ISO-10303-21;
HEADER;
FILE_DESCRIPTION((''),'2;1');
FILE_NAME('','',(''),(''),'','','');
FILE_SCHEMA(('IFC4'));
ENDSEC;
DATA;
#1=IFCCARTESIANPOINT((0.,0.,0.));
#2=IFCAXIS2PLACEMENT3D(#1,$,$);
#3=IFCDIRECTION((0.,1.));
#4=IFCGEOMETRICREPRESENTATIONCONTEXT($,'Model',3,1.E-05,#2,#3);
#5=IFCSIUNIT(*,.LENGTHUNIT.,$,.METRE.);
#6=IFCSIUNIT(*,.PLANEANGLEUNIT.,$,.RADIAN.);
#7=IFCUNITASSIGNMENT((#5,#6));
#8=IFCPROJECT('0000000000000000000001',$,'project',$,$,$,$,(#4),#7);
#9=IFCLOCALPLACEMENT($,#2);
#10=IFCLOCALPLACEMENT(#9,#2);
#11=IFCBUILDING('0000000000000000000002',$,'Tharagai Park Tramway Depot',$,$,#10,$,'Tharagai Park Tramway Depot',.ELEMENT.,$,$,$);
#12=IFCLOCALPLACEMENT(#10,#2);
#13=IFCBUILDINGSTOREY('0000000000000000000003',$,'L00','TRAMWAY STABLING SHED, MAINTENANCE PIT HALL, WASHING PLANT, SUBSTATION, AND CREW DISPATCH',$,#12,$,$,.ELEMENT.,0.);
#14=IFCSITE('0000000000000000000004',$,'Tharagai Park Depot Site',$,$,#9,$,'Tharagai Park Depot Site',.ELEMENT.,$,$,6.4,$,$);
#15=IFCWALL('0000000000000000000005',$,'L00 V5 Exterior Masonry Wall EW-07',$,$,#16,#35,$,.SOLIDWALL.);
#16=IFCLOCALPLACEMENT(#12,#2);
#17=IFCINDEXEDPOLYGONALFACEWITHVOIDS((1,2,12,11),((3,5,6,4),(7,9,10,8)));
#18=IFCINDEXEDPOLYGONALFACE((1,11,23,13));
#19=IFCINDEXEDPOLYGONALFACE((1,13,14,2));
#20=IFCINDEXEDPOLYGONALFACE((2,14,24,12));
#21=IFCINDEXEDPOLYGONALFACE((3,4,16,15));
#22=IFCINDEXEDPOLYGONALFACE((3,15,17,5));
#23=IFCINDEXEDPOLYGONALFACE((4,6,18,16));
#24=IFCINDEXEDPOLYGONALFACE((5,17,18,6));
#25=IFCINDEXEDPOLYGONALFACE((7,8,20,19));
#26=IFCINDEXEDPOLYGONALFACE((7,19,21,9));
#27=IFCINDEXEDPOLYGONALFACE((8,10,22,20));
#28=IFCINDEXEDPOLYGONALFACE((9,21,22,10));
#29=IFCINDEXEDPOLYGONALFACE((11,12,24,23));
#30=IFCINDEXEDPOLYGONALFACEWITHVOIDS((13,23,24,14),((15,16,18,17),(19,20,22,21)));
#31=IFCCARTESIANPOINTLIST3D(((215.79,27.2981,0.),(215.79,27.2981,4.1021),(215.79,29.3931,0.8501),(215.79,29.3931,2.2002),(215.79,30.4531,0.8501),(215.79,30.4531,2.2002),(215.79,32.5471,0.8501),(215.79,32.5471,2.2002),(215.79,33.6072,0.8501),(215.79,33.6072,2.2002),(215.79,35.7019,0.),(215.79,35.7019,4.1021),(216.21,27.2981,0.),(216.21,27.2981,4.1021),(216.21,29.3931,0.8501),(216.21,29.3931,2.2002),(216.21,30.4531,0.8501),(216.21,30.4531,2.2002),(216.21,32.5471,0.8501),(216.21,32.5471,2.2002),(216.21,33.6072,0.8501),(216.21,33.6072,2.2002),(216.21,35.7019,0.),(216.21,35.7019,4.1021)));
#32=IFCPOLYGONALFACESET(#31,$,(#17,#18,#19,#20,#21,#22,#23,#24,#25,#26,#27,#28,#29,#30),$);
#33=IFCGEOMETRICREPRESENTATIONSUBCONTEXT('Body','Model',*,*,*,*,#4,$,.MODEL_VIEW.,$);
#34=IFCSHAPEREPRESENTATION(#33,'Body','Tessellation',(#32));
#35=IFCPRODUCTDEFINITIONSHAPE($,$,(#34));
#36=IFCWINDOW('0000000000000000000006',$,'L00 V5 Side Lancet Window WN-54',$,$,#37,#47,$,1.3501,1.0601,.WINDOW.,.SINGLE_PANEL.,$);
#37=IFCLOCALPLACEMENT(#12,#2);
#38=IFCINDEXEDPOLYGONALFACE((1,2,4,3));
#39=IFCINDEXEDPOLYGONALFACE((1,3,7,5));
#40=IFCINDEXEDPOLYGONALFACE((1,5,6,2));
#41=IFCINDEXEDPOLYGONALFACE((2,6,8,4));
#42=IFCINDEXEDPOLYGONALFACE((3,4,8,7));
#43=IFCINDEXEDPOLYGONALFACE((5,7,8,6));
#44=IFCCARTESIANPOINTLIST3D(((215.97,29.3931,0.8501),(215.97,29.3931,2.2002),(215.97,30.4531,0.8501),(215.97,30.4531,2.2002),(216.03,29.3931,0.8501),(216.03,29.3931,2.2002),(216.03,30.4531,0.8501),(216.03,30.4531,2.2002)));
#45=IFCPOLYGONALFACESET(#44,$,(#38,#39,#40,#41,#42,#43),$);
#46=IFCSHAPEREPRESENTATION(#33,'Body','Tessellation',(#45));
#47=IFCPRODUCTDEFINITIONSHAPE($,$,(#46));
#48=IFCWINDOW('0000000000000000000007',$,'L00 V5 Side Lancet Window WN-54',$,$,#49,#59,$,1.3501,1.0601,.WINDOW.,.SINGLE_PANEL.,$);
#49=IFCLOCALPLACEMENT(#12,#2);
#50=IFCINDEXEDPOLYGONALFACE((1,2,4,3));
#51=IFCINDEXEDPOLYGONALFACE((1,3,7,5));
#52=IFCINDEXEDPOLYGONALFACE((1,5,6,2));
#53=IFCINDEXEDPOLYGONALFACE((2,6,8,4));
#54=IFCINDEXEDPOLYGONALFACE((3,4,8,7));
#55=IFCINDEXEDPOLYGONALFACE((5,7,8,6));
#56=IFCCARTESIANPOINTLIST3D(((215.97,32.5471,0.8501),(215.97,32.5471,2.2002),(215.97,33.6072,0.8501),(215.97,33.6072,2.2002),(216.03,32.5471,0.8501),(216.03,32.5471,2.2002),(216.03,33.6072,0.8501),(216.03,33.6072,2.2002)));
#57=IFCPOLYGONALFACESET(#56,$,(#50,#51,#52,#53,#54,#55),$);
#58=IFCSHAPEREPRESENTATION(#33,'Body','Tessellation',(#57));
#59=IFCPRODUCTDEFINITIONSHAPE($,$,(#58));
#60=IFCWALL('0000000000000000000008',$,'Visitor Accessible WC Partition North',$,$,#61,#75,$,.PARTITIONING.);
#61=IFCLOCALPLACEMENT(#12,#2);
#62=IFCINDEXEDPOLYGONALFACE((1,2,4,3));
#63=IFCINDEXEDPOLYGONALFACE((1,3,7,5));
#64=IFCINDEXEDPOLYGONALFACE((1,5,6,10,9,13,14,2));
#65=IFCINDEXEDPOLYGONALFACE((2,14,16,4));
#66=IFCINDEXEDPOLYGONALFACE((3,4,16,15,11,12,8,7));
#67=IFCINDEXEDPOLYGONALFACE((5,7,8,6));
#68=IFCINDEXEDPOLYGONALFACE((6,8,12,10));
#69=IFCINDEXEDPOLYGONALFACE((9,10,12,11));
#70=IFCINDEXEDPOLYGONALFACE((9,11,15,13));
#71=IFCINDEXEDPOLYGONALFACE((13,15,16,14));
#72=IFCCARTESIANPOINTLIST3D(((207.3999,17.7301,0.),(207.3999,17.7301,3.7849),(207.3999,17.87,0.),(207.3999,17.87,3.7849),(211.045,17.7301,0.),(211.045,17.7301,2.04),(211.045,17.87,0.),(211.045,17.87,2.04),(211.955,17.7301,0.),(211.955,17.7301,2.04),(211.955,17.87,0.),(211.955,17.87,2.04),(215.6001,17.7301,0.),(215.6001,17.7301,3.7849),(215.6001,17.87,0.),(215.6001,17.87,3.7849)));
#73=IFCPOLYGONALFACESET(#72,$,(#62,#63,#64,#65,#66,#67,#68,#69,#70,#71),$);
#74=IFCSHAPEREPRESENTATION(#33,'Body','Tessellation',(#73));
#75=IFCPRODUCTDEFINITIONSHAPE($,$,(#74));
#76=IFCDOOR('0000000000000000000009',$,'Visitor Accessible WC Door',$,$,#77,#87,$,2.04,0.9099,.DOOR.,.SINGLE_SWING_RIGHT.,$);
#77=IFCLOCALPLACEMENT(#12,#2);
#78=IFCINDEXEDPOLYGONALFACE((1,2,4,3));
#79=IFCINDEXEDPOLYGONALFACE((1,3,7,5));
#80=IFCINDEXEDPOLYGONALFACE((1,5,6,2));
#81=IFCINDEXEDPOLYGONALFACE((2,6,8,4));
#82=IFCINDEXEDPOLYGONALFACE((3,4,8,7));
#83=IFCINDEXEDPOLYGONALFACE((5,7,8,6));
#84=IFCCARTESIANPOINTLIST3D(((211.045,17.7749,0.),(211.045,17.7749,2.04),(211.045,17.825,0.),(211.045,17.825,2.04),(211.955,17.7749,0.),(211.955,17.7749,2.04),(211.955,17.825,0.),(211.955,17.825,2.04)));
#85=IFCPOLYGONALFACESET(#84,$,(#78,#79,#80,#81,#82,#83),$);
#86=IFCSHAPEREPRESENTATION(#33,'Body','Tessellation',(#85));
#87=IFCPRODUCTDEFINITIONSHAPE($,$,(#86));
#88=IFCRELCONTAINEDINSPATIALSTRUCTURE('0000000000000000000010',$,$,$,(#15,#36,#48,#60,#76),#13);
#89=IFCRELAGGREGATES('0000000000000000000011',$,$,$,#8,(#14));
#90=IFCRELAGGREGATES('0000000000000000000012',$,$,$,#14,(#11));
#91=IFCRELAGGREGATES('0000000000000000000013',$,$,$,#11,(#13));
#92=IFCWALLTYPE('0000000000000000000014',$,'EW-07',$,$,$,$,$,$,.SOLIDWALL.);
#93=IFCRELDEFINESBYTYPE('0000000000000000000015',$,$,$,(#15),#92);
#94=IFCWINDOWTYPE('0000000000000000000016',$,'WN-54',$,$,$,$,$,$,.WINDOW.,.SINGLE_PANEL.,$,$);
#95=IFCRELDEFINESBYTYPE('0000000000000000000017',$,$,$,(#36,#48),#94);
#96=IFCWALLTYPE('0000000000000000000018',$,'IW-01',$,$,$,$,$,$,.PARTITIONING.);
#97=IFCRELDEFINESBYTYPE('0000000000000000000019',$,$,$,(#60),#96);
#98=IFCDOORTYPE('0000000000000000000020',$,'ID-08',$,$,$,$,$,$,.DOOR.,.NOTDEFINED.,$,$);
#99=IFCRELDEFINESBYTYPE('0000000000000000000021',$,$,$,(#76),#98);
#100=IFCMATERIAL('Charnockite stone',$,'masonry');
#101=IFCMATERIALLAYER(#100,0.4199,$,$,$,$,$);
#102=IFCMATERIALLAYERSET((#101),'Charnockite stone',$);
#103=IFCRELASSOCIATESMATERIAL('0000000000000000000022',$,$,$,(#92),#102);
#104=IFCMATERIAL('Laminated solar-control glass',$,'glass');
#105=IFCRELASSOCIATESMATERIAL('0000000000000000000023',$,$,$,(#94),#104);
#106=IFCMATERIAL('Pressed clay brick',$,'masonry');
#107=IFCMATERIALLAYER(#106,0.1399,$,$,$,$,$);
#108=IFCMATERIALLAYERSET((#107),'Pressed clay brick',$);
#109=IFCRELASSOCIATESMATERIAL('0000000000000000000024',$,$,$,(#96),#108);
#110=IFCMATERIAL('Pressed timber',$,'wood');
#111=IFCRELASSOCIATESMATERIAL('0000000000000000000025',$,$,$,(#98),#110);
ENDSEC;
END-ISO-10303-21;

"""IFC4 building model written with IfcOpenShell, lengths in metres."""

from ifc_helpers import new_model, si_unit, direction, frame, frame_2d, origin, place, context, subcontext, project, spatial, rectangle, extrude, material, layer, layer_set, type_object, element, fill, save


model = new_model("IFC4")

# Units and contexts
model_context = context("Model", 3, precision=1e-05, world=origin(), true_north=direction((0.0, 1.0)))
body_context = subcontext(model_context, "Body", "Model", "MODEL_VIEW")
ifc_project = project(units=[si_unit("LENGTHUNIT", "METRE"), si_unit("PLANEANGLEUNIT", "RADIAN")], contexts=[model_context])

# Site, building, storey
site_placement = place(None, origin())
site = spatial("IfcSite", under=ifc_project, at=site_placement, Name="Tharagai Park Depot Site", LongName="Tharagai Park Depot Site", CompositionType="ELEMENT", RefElevation=6.4)
building_placement = place(site_placement, origin())
building = spatial("IfcBuilding", under=site, at=building_placement, Name="Tharagai Park Tramway Depot", LongName="Tharagai Park Tramway Depot", CompositionType="ELEMENT")
storey_placement = place(building_placement, origin())
storey = spatial("IfcBuildingStorey", under=building, at=storey_placement, Name="L00", Description="TRAMWAY STABLING SHED, MAINTENANCE PIT HALL, WASHING PLANT, SUBSTATION, AND CREW DISPATCH", CompositionType="ELEMENT", Elevation=0.0)

# Shared definitions
ifc_material_1 = material(Name="Charnockite stone", Category="masonry")
ifc_layer_1 = layer(ifc_material_1, 0.4199)
ifc_layer_set_1 = layer_set([ifc_layer_1], Name="Charnockite stone")
wall_type_1 = type_object("IfcWallType", Name="EW-07", PredefinedType="SOLIDWALL", material=ifc_layer_set_1)

# Wall, openings, windows
wall_1_placement = place(storey_placement, frame((216.0, 27.2981, 0.0), z_axis=(0.0, 0.0, 1.0), x_axis=(0.0, 1.0, 0.0)))
wall_1 = element("IfcWall", 1, at=wall_1_placement, inside=storey, type_object=wall_type_1, Name="L00 V5 Exterior Masonry Wall EW-07", PredefinedType="SOLIDWALL", context=body_context, shape_type="SweptSolid", body=[
    extrude(rectangle(XDim=8.4038, YDim=0.4199, at=frame_2d((4.2019, 0.0))), origin(), (0.0, 0.0, 1.0), 4.1021),
])
opening_1_placement = place(wall_1_placement, frame((2.095, 0.0, 0.8501)))
opening_1 = element("IfcOpeningElement", 2, at=opening_1_placement, cuts=wall_1, PredefinedType="OPENING", context=body_context, shape_type="SweptSolid", body=[
    extrude(rectangle(XDim=1.0601, YDim=1.3501, at=frame_2d((0.53, 0.675))), frame((0.0, 0.22, 0.0), z_axis=(0.0, -1.0, 0.0), x_axis=(1.0, 0.0, 0.0)), (0.0, 0.0, 1.0), 0.4399),
])
opening_2_placement = place(wall_1_placement, frame((5.249, 0.0, 0.8501)))
opening_2 = element("IfcOpeningElement", 3, at=opening_2_placement, cuts=wall_1, PredefinedType="OPENING", context=body_context, shape_type="SweptSolid", body=[
    extrude(rectangle(XDim=1.0601, YDim=1.3501, at=frame_2d((0.53, 0.675))), frame((0.0, 0.22, 0.0), z_axis=(0.0, -1.0, 0.0), x_axis=(1.0, 0.0, 0.0)), (0.0, 0.0, 1.0), 0.4399),
])
ifc_material_2 = material(Name="Laminated solar-control glass", Category="glass")
window_type = type_object("IfcWindowType", Name="WN-54", PartitioningType="SINGLE_PANEL", PredefinedType="WINDOW", material=ifc_material_2)
window_1_placement = place(opening_1_placement, origin())
window_1 = element("IfcWindow", 4, at=window_1_placement, inside=storey, type_object=window_type, Name="L00 V5 Side Lancet Window WN-54", OverallHeight=1.3501, OverallWidth=1.0601, PartitioningType="SINGLE_PANEL", PredefinedType="WINDOW", context=body_context, shape_type="SweptSolid", body=[
    extrude(rectangle(XDim=1.0601, YDim=1.3501, at=frame_2d((0.53, 0.675))), frame((0.0, 0.03, 0.0), z_axis=(0.0, -1.0, 0.0), x_axis=(1.0, 0.0, 0.0)), (0.0, 0.0, 1.0), 0.0601),
])
fill(opening_1, window_1)
window_2_placement = place(opening_2_placement, origin())
window_2 = element("IfcWindow", 5, at=window_2_placement, inside=storey, type_object=window_type, Name="L00 V5 Side Lancet Window WN-54", OverallHeight=1.3501, OverallWidth=1.0601, PartitioningType="SINGLE_PANEL", PredefinedType="WINDOW", context=body_context, shape_type="SweptSolid", body=[
    extrude(rectangle(XDim=1.0601, YDim=1.3501, at=frame_2d((0.53, 0.675))), frame((0.0, 0.03, 0.0), z_axis=(0.0, -1.0, 0.0), x_axis=(1.0, 0.0, 0.0)), (0.0, 0.0, 1.0), 0.0601),
])
fill(opening_2, window_2)

# Wall, opening, door
ifc_material_3 = material(Name="Pressed clay brick", Category="masonry")
ifc_layer_2 = layer(ifc_material_3, 0.1399)
ifc_layer_set_2 = layer_set([ifc_layer_2], Name="Pressed clay brick")
wall_type_2 = type_object("IfcWallType", Name="IW-01", PredefinedType="PARTITIONING", material=ifc_layer_set_2)
wall_2_placement = place(storey_placement, frame((207.3999, 17.8, 0.0), z_axis=(0.0, 0.0, 1.0), x_axis=(1.0, 0.0, 0.0)))
wall_2 = element("IfcWall", 6, at=wall_2_placement, inside=storey, type_object=wall_type_2, Name="Visitor Accessible WC Partition North", PredefinedType="PARTITIONING", context=body_context, shape_type="SweptSolid", body=[
    extrude(rectangle(XDim=8.2002, YDim=0.1399, at=frame_2d((4.1001, 0.0))), origin(), (0.0, 0.0, 1.0), 3.7849),
])
opening_3_placement = place(wall_2_placement, frame((3.645, 0.0, 0.0)))
opening_3 = element("IfcOpeningElement", 7, at=opening_3_placement, cuts=wall_2, PredefinedType="OPENING", context=body_context, shape_type="SweptSolid", body=[
    extrude(rectangle(XDim=0.9099, YDim=2.04, at=frame_2d((0.4551, 1.02))), frame((0.0, 0.0798, 0.0), z_axis=(0.0, -1.0, 0.0), x_axis=(1.0, 0.0, 0.0)), (0.0, 0.0, 1.0), 0.1599),
])
ifc_material_4 = material(Name="Pressed timber", Category="wood")
door_type_1 = type_object("IfcDoorType", Name="ID-08", OperationType="NOTDEFINED", PredefinedType="DOOR", material=ifc_material_4)
door_1_placement = place(opening_3_placement, origin())
door_1 = element("IfcDoor", 8, at=door_1_placement, inside=storey, type_object=door_type_1, Name="Visitor Accessible WC Door", OperationType="SINGLE_SWING_RIGHT", OverallHeight=2.04, OverallWidth=0.9099, PredefinedType="DOOR", context=body_context, shape_type="SweptSolid", body=[
    extrude(rectangle(XDim=0.9099, YDim=2.04, at=frame_2d((0.4551, 1.02))), frame((0.0, 0.0249, 0.0), z_axis=(0.0, -1.0, 0.0), x_axis=(1.0, 0.0, 0.0)), (0.0, 0.0, 1.0), 0.05),
])
fill(opening_3, door_1)

save(model, "model.ifc")
